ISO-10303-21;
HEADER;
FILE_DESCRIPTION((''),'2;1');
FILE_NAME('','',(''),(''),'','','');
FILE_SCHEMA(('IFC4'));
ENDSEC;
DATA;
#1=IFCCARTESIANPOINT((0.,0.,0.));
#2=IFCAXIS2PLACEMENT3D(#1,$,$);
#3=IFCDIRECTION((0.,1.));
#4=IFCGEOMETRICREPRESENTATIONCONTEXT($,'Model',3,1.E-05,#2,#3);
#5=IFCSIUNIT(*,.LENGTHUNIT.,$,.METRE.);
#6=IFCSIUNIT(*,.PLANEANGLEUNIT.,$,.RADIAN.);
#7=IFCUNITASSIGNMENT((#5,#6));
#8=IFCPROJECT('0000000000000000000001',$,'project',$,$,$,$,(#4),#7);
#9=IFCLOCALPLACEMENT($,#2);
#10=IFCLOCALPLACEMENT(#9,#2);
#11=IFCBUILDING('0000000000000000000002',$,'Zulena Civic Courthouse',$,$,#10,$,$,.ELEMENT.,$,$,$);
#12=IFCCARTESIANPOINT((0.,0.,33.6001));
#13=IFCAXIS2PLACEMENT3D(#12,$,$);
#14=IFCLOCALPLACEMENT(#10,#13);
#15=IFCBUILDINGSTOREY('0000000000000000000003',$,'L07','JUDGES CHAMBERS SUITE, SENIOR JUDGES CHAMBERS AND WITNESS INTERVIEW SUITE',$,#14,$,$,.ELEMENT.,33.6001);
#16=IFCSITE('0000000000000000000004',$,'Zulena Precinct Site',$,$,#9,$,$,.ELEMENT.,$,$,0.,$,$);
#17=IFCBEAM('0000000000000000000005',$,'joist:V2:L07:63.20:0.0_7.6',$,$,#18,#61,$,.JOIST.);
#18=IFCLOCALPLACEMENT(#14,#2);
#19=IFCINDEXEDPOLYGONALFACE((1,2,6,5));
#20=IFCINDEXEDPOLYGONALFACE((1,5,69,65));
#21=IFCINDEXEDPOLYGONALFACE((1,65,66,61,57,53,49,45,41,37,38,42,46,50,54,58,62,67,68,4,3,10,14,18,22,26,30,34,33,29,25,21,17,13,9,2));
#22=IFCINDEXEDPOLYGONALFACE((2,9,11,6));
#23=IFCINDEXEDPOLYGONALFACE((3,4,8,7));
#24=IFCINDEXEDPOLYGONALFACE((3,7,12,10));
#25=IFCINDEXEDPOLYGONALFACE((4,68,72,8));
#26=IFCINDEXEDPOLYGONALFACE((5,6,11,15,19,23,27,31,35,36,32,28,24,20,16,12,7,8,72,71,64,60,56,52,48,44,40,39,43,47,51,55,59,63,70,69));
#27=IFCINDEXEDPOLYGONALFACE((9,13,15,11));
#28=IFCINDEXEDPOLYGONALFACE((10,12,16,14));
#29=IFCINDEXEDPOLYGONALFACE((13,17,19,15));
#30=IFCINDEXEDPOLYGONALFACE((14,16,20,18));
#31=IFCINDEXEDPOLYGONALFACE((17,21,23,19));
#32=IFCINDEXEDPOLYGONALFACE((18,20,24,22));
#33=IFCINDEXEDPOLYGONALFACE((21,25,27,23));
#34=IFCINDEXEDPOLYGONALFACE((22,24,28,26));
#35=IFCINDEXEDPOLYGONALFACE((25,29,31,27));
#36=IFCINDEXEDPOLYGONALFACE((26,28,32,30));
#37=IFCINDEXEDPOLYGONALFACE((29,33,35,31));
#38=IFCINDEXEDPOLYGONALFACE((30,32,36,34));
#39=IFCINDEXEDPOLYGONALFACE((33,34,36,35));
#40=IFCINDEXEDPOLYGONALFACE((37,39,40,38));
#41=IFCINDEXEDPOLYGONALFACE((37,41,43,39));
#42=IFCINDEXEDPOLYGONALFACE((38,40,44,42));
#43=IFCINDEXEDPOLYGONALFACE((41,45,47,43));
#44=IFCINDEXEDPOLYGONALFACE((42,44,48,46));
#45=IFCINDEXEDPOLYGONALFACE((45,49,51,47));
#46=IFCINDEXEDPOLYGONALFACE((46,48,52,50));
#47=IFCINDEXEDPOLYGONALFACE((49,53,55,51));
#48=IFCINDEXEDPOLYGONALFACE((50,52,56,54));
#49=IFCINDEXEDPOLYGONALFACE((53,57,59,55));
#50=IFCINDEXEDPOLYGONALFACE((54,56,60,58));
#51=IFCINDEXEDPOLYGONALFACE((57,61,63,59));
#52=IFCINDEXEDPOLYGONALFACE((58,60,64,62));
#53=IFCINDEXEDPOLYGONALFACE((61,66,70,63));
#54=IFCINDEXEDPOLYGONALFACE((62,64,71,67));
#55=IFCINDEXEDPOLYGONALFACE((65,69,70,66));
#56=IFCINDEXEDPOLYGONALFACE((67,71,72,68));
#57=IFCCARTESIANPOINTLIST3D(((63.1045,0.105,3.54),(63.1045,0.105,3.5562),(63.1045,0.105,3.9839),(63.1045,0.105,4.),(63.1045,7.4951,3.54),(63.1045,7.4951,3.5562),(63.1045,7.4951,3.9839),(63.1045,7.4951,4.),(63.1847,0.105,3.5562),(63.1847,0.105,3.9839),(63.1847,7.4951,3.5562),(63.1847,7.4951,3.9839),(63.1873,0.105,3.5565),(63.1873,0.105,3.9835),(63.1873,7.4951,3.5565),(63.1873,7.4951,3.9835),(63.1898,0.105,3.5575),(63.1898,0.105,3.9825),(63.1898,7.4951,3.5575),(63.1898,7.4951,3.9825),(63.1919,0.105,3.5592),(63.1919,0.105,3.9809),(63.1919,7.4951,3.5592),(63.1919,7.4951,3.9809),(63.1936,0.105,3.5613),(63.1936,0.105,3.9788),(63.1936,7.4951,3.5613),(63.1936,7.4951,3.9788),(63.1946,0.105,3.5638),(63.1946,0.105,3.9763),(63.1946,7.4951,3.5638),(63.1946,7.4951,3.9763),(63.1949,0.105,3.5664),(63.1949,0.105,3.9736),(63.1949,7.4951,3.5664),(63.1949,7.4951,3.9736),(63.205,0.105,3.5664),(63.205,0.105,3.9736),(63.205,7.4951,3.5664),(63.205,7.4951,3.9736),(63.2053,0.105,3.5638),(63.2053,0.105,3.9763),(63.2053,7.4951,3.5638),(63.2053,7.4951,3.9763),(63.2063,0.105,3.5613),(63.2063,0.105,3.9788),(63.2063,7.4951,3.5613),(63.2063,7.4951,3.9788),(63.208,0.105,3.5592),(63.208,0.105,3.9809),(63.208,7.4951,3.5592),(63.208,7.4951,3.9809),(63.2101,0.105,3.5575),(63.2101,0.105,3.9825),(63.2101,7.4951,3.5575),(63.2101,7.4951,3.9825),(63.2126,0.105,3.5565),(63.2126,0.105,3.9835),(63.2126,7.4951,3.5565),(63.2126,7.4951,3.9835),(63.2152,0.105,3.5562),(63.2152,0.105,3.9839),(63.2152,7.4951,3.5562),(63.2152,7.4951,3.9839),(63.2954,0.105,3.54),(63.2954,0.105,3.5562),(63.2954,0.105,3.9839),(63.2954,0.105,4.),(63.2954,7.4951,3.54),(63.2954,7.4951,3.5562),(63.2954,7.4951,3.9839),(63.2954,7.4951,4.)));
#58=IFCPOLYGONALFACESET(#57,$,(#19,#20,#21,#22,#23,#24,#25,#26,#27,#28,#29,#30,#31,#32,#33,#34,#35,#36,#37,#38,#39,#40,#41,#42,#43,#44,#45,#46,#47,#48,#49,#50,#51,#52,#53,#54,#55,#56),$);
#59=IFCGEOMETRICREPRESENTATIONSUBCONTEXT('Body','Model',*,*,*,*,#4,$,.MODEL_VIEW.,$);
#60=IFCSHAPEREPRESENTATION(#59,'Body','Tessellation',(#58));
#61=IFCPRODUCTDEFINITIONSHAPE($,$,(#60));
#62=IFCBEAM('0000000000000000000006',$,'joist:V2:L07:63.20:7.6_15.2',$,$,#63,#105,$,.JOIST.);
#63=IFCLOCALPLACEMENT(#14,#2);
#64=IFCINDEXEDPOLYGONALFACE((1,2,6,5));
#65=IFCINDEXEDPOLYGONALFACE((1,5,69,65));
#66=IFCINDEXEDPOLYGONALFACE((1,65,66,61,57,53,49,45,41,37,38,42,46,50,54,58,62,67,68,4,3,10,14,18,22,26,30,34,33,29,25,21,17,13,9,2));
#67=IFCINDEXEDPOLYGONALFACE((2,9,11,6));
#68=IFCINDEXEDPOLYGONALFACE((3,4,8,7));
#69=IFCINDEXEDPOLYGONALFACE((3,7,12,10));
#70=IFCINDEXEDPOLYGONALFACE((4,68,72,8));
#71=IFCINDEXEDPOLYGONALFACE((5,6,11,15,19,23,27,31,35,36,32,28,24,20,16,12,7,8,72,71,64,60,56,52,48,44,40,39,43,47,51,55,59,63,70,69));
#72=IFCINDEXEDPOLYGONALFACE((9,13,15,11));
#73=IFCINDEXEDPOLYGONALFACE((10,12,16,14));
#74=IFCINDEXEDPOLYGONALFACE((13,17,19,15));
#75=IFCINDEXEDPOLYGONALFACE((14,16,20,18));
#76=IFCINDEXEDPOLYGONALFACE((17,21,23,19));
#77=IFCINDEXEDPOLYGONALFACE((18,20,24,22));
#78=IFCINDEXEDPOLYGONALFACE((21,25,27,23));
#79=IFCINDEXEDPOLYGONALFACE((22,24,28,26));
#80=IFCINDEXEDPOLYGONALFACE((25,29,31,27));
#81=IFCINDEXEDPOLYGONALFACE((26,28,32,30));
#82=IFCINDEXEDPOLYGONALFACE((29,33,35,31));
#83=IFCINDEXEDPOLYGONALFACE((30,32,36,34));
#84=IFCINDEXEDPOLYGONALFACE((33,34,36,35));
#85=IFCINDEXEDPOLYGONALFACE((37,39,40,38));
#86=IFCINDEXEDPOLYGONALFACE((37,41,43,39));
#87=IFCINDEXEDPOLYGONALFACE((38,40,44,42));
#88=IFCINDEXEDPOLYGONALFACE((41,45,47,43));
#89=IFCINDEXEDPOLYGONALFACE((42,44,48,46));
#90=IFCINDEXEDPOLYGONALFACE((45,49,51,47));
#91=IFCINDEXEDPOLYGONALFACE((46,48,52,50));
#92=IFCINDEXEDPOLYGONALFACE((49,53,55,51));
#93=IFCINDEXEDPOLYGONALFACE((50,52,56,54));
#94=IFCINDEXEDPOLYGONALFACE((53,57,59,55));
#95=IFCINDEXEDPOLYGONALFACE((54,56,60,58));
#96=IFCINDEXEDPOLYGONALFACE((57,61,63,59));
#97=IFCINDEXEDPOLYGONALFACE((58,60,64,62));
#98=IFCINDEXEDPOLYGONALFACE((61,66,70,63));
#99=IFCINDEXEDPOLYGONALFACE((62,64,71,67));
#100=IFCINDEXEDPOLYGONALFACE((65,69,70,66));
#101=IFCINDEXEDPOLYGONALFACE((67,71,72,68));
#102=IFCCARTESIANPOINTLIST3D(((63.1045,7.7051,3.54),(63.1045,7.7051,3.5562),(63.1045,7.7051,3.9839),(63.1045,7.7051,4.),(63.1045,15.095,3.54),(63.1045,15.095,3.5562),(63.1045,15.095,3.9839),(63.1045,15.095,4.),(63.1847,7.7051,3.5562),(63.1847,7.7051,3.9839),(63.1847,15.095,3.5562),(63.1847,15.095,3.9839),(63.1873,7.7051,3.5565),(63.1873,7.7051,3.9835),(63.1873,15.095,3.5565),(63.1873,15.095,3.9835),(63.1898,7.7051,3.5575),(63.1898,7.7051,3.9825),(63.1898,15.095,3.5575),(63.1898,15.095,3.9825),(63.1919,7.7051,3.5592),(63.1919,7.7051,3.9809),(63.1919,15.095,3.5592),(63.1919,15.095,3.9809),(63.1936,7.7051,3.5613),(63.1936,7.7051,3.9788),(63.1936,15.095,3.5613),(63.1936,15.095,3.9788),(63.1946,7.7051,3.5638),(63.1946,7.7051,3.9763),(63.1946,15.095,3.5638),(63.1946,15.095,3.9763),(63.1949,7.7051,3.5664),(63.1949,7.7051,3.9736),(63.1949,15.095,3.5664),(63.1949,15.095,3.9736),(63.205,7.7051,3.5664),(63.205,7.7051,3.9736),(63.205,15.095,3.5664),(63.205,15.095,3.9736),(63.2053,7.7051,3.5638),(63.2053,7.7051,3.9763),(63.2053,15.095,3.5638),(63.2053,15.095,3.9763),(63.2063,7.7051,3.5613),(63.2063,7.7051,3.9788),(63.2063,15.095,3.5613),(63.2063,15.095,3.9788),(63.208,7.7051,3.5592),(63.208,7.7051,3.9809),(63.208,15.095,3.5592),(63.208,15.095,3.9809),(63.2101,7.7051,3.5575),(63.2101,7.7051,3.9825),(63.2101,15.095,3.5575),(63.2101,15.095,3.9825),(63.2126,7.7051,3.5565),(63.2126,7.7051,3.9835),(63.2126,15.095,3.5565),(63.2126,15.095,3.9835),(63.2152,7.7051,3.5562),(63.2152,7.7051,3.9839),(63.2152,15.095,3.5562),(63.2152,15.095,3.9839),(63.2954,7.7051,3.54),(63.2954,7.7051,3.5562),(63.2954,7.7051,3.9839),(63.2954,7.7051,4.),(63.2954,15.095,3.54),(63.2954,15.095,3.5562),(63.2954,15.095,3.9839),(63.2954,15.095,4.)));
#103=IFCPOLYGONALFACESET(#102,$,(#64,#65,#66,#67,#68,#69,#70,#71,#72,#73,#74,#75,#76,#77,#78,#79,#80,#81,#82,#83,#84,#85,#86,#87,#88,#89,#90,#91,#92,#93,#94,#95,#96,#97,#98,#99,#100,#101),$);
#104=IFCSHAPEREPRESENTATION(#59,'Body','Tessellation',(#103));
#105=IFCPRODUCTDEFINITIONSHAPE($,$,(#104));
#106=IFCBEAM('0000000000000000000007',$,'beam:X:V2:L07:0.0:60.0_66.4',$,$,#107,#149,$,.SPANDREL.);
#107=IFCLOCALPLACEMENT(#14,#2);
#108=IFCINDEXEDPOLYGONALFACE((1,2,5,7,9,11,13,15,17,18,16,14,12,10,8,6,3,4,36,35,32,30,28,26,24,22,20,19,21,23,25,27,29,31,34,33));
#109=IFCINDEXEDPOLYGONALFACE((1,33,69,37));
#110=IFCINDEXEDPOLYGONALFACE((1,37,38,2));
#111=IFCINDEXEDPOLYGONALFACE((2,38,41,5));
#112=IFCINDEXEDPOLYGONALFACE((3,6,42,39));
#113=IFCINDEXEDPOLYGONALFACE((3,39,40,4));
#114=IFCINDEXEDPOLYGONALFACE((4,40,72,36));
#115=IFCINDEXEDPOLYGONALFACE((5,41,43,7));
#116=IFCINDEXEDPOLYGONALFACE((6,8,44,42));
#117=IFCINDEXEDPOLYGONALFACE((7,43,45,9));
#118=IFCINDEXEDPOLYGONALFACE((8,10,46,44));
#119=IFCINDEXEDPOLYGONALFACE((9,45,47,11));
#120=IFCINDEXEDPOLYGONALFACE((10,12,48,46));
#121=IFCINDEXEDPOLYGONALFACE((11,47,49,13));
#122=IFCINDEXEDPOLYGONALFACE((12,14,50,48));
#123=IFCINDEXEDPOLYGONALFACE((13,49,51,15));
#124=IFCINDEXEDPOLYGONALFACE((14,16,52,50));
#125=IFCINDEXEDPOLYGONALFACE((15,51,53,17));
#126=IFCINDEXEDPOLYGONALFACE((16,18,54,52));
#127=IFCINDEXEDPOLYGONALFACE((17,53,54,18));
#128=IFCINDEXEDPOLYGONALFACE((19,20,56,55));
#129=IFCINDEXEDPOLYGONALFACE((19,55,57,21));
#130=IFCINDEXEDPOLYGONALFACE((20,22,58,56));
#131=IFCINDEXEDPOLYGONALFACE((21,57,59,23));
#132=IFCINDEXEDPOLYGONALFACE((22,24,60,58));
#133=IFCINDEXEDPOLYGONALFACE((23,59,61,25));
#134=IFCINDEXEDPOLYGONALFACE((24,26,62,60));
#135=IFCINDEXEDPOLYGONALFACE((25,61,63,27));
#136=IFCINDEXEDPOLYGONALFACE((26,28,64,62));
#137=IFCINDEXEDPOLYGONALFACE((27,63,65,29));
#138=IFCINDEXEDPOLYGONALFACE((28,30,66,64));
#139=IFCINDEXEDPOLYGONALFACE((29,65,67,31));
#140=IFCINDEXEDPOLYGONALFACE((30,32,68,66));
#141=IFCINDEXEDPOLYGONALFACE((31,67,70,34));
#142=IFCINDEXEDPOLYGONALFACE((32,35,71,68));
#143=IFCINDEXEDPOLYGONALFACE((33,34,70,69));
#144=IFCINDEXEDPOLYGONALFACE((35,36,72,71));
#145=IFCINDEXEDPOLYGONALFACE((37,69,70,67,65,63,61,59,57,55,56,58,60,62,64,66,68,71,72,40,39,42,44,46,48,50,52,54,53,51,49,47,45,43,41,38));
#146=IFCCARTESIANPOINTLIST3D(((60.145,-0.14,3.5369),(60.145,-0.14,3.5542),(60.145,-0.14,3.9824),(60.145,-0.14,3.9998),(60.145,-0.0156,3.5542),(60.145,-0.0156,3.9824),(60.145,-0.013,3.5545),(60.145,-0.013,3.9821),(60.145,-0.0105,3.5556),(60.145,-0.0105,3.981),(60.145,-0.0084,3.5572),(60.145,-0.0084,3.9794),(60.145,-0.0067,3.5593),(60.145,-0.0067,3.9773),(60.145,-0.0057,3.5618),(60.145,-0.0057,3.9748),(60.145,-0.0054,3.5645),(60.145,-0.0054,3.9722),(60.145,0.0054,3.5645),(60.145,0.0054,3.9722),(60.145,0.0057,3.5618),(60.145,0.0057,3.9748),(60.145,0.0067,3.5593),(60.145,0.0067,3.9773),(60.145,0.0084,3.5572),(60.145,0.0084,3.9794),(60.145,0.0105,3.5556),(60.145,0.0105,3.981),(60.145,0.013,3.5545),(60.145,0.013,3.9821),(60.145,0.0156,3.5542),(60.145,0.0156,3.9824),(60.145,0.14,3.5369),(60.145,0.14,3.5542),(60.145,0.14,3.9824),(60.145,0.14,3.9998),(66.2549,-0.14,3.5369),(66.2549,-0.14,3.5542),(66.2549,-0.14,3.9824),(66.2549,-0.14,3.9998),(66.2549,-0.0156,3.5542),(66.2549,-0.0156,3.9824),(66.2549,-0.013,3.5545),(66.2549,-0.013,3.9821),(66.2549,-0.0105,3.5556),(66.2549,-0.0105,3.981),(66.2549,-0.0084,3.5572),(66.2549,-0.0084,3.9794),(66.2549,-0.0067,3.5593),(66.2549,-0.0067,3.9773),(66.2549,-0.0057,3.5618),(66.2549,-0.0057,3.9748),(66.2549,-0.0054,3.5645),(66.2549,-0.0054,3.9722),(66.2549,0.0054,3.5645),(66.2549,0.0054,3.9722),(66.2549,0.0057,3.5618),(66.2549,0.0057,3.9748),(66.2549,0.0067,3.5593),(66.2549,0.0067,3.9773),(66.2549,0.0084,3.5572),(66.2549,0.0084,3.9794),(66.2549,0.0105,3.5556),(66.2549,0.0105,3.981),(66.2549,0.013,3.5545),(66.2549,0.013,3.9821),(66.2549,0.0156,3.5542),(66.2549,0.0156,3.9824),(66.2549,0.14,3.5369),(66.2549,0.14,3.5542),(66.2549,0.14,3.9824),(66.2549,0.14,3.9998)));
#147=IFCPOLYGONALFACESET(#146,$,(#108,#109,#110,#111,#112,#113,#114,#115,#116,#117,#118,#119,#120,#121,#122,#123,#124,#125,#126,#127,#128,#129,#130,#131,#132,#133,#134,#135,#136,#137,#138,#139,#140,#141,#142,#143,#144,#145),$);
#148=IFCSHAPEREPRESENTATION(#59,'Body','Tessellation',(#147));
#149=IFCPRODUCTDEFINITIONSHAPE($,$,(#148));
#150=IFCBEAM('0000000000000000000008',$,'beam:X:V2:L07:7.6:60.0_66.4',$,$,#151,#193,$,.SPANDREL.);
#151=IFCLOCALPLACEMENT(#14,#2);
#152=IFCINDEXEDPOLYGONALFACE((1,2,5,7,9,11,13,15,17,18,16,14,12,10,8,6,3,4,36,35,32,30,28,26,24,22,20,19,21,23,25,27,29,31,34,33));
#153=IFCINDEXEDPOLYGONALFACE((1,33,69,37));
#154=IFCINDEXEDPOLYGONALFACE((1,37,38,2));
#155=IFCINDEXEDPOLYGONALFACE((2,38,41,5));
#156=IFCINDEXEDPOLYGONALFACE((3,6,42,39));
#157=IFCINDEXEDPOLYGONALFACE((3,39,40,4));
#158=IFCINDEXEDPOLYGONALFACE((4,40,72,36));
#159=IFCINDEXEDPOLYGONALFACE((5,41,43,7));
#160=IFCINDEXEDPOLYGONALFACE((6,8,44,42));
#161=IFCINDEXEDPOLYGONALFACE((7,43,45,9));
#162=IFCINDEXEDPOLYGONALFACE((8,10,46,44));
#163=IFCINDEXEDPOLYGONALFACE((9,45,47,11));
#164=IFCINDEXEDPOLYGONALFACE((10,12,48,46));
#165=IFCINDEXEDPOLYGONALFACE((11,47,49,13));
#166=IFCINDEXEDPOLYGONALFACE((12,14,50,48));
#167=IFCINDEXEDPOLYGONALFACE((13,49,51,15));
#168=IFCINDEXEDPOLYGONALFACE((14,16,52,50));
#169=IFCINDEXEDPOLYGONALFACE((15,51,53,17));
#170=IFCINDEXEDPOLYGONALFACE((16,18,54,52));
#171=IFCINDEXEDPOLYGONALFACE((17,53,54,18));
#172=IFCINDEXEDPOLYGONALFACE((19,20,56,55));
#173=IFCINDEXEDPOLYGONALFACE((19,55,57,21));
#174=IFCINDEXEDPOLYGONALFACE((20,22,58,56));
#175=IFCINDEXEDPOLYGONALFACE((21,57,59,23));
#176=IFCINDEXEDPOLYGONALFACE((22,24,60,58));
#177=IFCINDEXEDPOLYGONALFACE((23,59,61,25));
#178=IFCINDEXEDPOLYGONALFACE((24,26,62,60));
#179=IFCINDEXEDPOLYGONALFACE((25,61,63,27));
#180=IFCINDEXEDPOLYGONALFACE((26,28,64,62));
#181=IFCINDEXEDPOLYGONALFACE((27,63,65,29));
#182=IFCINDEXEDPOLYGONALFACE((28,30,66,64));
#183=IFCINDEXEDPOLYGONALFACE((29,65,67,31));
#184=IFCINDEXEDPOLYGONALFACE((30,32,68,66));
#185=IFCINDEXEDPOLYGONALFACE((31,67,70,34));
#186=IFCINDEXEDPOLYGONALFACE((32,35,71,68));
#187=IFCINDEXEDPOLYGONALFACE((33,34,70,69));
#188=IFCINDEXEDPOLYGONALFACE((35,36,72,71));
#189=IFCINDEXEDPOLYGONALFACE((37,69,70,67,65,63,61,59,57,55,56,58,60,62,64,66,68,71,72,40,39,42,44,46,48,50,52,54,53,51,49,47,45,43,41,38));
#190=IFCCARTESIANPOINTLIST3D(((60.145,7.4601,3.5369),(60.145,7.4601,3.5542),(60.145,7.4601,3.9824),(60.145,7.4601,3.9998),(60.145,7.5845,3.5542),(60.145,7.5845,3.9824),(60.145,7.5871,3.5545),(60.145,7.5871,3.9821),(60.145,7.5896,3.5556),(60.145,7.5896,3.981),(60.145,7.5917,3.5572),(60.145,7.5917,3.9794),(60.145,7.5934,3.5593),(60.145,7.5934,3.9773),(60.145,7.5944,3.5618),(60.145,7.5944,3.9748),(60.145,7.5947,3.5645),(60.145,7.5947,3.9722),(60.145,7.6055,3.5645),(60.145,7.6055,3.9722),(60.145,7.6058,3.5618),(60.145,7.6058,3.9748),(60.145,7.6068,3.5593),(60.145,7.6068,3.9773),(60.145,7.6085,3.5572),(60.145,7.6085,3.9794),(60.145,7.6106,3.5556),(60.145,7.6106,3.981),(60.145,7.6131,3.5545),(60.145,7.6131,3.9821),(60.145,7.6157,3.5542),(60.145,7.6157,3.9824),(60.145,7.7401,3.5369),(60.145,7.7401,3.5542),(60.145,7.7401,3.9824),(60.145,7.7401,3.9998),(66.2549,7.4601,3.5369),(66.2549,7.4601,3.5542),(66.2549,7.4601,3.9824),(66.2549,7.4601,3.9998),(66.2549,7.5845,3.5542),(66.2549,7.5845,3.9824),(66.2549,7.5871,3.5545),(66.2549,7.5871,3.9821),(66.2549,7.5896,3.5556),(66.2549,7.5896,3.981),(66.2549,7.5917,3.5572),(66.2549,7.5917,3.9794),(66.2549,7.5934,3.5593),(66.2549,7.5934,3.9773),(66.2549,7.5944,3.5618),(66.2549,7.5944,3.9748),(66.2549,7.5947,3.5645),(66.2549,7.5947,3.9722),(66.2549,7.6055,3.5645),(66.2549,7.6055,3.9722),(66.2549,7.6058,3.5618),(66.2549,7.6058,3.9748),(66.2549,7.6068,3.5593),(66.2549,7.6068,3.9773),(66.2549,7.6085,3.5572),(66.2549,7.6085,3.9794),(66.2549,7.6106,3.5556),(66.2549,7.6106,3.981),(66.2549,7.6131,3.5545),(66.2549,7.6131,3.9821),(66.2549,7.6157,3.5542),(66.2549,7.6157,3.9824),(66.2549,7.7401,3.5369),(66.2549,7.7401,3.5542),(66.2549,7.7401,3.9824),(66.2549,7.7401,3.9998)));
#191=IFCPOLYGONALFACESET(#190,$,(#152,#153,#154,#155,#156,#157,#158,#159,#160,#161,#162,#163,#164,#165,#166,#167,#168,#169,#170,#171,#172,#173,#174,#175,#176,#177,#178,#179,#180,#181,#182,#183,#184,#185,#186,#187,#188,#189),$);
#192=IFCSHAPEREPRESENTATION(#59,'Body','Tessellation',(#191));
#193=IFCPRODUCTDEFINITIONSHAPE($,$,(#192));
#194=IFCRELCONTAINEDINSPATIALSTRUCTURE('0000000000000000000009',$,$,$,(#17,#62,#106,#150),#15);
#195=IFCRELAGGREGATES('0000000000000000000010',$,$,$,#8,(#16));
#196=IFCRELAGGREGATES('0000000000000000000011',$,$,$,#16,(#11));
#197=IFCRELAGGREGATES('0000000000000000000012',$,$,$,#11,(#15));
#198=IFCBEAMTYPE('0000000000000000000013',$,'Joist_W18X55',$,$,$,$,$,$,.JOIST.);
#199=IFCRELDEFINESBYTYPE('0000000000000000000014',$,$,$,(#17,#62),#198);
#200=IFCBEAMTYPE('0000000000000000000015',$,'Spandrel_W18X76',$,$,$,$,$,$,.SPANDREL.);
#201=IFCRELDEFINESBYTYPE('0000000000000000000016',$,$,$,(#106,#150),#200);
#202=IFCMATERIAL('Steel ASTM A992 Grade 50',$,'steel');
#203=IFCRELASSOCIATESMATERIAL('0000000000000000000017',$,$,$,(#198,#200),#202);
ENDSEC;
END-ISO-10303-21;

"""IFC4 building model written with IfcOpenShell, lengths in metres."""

from ifc_helpers import new_model, si_unit, direction, frame, origin, origin_2d, place, context, subcontext, project, spatial, i_section, extrude, material, material_profile, profile_set, type_object, element, save


model = new_model("IFC4")

# Units and contexts
model_context = context("Model", 3, precision=1e-05, world=origin(), true_north=direction((0.0, 1.0)))
body_context = subcontext(model_context, "Body", "Model", "MODEL_VIEW")
ifc_project = project(units=[si_unit("LENGTHUNIT", "METRE"), si_unit("PLANEANGLEUNIT", "RADIAN")], contexts=[model_context])

# Site, building, storey
site_placement = place(None, origin())
site = spatial("IfcSite", under=ifc_project, at=site_placement, Name="Zulena Precinct Site", CompositionType="ELEMENT", RefElevation=0.0)
building_placement = place(site_placement, origin())
building = spatial("IfcBuilding", under=site, at=building_placement, Name="Zulena Civic Courthouse", CompositionType="ELEMENT")
storey_placement = place(building_placement, frame((0.0, 0.0, 33.6001)))
storey = spatial("IfcBuildingStorey", under=building, at=storey_placement, Name="L07", Description="JUDGES CHAMBERS SUITE, SENIOR JUDGES CHAMBERS AND WITNESS INTERVIEW SUITE", CompositionType="ELEMENT", Elevation=33.6001)

# Shared definitions
ifc_material_1 = material(Name="Steel ASTM A992 Grade 50", Category="steel")

# Beams
ifc_material_profile_1 = material_profile(ifc_material_1, i_section(OverallWidth=0.1909, OverallDepth=0.46, WebThickness=0.01, FlangeThickness=0.0161, FilletRadius=0.0103, at=origin_2d()), Name="W18X55")
ifc_profile_set_1 = profile_set([ifc_material_profile_1], Name="Steel ASTM A992 Grade 50")
beam_type_1 = type_object("IfcBeamType", Name="Joist_W18X55", PredefinedType="JOIST", material=ifc_profile_set_1)
beam_1_placement = place(storey_placement, frame((63.2, 0.105, 3.77), z_axis=(0.0, 1.0, 0.0), x_axis=(-1.0, 0.0, 0.0)))
element("IfcBeam", 1, at=beam_1_placement, inside=storey, type_object=beam_type_1, Name="joist:V2:L07:63.20:0.0_7.6", PredefinedType="JOIST", context=body_context, shape_type="SweptSolid", body=[
    extrude(i_section(OverallWidth=0.1909, OverallDepth=0.46, WebThickness=0.01, FlangeThickness=0.0161, FilletRadius=0.0103, at=origin_2d()), origin(), (0.0, 0.0, 1.0), 7.3901),
])
beam_2_placement = place(storey_placement, frame((63.2, 7.7051, 3.77), z_axis=(0.0, 1.0, 0.0), x_axis=(-1.0, 0.0, 0.0)))
element("IfcBeam", 2, at=beam_2_placement, inside=storey, type_object=beam_type_1, Name="joist:V2:L07:63.20:7.6_15.2", PredefinedType="JOIST", context=body_context, shape_type="SweptSolid", body=[
    extrude(i_section(OverallWidth=0.1909, OverallDepth=0.46, WebThickness=0.01, FlangeThickness=0.0161, FilletRadius=0.0103, at=origin_2d()), origin(), (0.0, 0.0, 1.0), 7.3899),
])
ifc_material_profile_2 = material_profile(ifc_material_1, i_section(OverallWidth=0.28, OverallDepth=0.4629, WebThickness=0.0107, FlangeThickness=0.0173, FilletRadius=0.0103, at=origin_2d()), Name="W18X76")
ifc_profile_set_2 = profile_set([ifc_material_profile_2], Name="Steel ASTM A992 Grade 50")
beam_type_2 = type_object("IfcBeamType", Name="Spandrel_W18X76", PredefinedType="SPANDREL", material=ifc_profile_set_2)
for number, where, z_axis, x_axis, name in (
    (3, (60.145, 0.0, 3.7683), (1.0, 0.0, 0.0), (0.0, 1.0, 0.0), "beam:X:V2:L07:0.0:60.0_66.4"),
    (4, (60.145, 7.6001, 3.7683), (1.0, 0.0, 0.0), (0.0, 1.0, 0.0), "beam:X:V2:L07:7.6:60.0_66.4"),
):
    element("IfcBeam", number, at=place(storey_placement, frame(where, z_axis=z_axis, x_axis=x_axis)), inside=storey, type_object=beam_type_2, Name=name, PredefinedType="SPANDREL", context=body_context, shape_type="SweptSolid", body=[
        extrude(i_section(OverallWidth=0.28, OverallDepth=0.4629, WebThickness=0.0107, FlangeThickness=0.0173, FilletRadius=0.0103, at=origin_2d()), origin(), (0.0, 0.0, 1.0), 6.1099),
    ])

save(model, "model.ifc")
